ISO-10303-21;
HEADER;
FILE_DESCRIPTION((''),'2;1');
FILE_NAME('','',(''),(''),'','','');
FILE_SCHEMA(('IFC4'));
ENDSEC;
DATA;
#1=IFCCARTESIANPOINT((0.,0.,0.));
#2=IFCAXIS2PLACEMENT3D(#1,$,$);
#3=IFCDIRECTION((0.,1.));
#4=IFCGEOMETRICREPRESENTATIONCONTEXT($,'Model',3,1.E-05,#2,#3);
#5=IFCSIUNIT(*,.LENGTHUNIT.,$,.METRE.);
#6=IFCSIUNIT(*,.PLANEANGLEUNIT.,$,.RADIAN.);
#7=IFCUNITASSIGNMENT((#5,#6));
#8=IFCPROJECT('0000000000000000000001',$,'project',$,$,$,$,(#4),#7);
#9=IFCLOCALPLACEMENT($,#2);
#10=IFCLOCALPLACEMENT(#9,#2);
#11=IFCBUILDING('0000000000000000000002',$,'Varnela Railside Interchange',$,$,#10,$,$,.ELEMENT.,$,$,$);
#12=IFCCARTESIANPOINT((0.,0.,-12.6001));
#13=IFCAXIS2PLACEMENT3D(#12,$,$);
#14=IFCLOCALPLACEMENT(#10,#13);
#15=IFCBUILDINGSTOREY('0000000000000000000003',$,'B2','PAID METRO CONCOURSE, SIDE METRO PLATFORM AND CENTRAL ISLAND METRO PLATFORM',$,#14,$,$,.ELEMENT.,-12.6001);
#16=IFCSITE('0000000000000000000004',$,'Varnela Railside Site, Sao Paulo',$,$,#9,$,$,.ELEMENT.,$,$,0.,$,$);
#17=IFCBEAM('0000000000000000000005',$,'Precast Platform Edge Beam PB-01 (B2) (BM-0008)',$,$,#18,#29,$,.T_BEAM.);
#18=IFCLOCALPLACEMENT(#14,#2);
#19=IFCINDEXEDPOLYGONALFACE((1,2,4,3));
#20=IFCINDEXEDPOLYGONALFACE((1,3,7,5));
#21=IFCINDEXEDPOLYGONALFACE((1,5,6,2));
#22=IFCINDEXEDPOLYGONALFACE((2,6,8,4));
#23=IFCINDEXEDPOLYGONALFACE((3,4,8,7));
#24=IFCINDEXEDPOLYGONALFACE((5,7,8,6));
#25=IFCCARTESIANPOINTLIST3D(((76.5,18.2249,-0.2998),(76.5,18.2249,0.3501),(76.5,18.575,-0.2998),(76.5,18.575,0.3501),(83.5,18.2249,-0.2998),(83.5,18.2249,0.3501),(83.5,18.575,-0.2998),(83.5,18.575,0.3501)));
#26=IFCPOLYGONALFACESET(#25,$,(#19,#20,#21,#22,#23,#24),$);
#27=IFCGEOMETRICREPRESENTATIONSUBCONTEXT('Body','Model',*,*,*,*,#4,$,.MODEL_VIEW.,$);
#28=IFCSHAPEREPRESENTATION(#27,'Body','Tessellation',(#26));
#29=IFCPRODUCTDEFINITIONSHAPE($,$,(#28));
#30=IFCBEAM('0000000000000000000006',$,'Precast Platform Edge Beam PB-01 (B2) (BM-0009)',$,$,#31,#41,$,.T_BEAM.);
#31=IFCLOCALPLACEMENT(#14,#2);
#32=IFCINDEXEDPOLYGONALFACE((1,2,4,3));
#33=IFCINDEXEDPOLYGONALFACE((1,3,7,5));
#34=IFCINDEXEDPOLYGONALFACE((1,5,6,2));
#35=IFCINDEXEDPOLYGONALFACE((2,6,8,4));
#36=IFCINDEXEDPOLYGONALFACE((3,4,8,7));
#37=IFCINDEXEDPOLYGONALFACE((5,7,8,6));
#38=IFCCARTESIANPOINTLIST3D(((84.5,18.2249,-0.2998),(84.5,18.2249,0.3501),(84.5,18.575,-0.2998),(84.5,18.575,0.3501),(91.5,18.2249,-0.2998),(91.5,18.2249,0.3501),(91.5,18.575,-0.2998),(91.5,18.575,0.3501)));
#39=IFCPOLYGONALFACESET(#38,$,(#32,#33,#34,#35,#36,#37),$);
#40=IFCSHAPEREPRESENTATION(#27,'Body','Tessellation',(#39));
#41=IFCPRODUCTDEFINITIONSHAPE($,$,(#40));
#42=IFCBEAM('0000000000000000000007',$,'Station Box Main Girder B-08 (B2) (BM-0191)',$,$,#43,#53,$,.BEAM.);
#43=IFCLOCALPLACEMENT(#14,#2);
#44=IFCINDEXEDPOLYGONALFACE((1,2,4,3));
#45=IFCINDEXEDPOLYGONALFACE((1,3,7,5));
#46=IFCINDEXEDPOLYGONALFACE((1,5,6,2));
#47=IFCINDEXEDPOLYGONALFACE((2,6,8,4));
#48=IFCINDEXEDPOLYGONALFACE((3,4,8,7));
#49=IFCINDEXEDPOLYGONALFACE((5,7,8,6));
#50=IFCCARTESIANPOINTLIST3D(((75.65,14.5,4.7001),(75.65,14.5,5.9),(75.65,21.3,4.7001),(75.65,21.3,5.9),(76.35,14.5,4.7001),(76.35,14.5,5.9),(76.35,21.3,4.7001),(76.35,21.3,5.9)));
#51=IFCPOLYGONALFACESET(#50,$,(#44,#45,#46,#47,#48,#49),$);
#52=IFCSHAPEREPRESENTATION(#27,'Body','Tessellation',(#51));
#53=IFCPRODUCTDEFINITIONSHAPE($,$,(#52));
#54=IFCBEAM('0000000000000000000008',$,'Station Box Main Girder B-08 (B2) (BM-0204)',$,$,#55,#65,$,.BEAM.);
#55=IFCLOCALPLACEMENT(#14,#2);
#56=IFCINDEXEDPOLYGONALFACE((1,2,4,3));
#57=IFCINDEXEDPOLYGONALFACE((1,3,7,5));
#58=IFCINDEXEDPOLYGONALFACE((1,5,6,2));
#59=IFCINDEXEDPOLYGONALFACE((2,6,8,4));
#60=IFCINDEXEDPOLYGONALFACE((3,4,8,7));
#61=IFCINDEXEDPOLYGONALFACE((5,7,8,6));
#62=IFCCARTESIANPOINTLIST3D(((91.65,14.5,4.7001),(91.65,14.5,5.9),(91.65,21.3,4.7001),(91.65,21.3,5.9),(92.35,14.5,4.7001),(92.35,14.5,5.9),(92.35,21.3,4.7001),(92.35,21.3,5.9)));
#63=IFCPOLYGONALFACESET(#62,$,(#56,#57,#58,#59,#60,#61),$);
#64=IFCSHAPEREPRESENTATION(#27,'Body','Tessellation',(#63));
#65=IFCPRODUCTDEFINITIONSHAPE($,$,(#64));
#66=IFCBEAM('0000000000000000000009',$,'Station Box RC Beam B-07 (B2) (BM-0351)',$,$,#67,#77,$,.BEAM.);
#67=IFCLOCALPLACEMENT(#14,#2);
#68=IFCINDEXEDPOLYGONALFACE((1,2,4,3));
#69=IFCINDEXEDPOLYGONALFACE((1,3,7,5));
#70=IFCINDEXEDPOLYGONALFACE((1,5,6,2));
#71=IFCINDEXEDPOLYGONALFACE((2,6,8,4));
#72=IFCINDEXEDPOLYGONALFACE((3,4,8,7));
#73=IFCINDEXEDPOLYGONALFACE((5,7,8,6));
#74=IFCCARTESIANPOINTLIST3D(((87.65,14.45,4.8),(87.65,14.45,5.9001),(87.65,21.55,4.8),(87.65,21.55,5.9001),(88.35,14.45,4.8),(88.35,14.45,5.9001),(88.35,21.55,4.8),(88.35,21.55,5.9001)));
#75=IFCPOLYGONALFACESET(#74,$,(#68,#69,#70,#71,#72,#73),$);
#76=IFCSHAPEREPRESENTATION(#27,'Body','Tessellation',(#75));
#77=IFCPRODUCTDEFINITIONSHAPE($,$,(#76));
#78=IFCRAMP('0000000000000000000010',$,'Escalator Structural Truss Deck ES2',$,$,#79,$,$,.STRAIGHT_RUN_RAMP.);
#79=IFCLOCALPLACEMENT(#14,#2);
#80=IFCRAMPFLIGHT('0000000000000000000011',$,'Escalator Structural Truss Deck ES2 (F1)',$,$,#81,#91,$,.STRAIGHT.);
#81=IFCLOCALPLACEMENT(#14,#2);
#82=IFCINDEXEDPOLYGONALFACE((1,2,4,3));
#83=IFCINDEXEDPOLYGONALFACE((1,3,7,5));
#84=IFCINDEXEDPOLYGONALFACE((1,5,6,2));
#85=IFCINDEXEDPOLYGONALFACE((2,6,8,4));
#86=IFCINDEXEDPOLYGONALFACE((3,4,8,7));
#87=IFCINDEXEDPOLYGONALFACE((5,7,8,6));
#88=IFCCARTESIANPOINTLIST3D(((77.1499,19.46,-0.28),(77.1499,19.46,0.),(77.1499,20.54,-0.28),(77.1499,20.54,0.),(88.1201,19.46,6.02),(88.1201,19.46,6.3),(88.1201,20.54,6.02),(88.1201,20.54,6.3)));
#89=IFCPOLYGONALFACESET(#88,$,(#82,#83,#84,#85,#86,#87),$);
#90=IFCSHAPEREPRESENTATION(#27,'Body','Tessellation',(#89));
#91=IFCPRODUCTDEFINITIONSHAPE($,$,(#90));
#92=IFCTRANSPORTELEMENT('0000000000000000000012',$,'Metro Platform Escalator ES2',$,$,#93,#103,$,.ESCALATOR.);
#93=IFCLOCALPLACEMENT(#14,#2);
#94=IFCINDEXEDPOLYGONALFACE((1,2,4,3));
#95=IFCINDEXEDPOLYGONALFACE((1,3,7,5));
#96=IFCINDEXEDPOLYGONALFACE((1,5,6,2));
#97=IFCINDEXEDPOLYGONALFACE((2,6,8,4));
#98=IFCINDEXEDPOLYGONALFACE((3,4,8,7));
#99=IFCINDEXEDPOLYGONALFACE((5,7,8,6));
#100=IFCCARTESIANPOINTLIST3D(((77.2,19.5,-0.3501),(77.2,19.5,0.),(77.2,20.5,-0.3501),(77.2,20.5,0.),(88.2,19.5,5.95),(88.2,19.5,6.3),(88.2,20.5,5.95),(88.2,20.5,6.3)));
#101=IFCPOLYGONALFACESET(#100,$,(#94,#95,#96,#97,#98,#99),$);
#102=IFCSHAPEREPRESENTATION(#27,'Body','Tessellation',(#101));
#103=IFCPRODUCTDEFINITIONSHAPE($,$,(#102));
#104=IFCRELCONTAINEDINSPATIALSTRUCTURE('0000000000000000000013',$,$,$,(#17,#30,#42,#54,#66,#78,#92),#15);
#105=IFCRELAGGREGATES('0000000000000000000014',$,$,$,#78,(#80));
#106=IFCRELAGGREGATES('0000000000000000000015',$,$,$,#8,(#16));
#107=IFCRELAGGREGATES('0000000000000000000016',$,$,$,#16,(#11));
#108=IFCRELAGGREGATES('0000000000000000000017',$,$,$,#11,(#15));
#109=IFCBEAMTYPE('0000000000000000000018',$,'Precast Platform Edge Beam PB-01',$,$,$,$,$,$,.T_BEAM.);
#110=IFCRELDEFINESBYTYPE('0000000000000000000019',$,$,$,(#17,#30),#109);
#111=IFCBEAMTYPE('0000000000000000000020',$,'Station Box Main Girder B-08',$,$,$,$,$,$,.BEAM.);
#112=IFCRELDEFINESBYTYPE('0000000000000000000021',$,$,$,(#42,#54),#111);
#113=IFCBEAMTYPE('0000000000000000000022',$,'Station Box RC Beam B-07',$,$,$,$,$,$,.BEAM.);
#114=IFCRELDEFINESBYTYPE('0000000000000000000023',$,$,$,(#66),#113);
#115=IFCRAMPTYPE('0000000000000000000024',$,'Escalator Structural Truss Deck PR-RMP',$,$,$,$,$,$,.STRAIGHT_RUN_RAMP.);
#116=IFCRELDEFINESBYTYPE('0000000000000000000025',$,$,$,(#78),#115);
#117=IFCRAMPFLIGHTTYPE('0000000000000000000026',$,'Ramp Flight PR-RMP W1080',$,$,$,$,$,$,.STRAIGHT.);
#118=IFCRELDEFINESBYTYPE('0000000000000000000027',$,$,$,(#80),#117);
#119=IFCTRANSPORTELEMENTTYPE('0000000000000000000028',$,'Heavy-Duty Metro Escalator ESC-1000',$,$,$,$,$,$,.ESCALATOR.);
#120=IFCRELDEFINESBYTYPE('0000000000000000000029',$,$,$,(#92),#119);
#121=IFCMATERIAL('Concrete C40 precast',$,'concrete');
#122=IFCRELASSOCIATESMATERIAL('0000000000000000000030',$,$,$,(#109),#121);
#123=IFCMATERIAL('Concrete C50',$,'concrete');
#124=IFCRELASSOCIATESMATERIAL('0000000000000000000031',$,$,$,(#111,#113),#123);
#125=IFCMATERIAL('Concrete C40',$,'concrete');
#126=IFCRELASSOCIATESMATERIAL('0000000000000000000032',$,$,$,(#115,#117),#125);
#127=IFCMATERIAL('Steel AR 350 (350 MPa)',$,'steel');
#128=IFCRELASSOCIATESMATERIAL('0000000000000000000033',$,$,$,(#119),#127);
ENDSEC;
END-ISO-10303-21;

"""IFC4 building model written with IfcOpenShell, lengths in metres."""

from ifc_helpers import new_model, si_unit, direction, frame, origin, origin_2d, place, context, subcontext, project, spatial, polyline, rectangle, outline, extrude, material, material_profile, profile_set, type_object, element, aggregate, save


model = new_model("IFC4")

# Units and contexts
model_context = context("Model", 3, precision=1e-05, world=origin(), true_north=direction((0.0, 1.0)))
body_context = subcontext(model_context, "Body", "Model", "MODEL_VIEW")
ifc_project = project(units=[si_unit("LENGTHUNIT", "METRE"), si_unit("PLANEANGLEUNIT", "RADIAN")], contexts=[model_context])

# Site, building, storey
site_placement = place(None, origin())
site = spatial("IfcSite", under=ifc_project, at=site_placement, Name="Varnela Railside Site, Sao Paulo", CompositionType="ELEMENT", RefElevation=0.0)
building_placement = place(site_placement, origin())
building = spatial("IfcBuilding", under=site, at=building_placement, Name="Varnela Railside Interchange", CompositionType="ELEMENT")
storey_placement = place(building_placement, frame((0.0, 0.0, -12.6001)))
storey = spatial("IfcBuildingStorey", under=building, at=storey_placement, Name="B2", Description="PAID METRO CONCOURSE, SIDE METRO PLATFORM AND CENTRAL ISLAND METRO PLATFORM", CompositionType="ELEMENT", Elevation=-12.6001)

# Shared definitions
ifc_material_1 = material(Name="Concrete C40", Category="concrete")

# Shared definitions
ifc_material_2 = material(Name="Concrete C50", Category="concrete")

# Beams
ifc_material_3 = material(Name="Concrete C40 precast", Category="concrete")
ifc_material_profile_1 = material_profile(ifc_material_3, rectangle(XDim=0.3501, YDim=0.6499, at=origin_2d()), Name="PC 350x650")
ifc_profile_set_1 = profile_set([ifc_material_profile_1], Name="Concrete C40 precast")
beam_type_1 = type_object("IfcBeamType", Name="Precast Platform Edge Beam PB-01", PredefinedType="T_BEAM", material=ifc_profile_set_1)
for number, where, z_axis, x_axis, name in (
    (1, (76.5, 18.3999, 0.0251), (1.0, 0.0, 0.0), (0.0, 1.0, 0.0), "Precast Platform Edge Beam PB-01 (B2) (BM-0008)"),
    (2, (84.5, 18.3999, 0.0251), (1.0, 0.0, 0.0), (0.0, 1.0, 0.0), "Precast Platform Edge Beam PB-01 (B2) (BM-0009)"),
):
    element("IfcBeam", number, at=place(storey_placement, frame(where, z_axis=z_axis, x_axis=x_axis)), inside=storey, type_object=beam_type_1, Name=name, PredefinedType="T_BEAM", context=body_context, shape_type="SweptSolid", body=[
        extrude(rectangle(XDim=0.3501, YDim=0.6499, at=origin_2d()), origin(), (0.0, 0.0, 1.0), 7.0),
    ])
ifc_material_profile_2 = material_profile(ifc_material_2, rectangle(XDim=0.7, YDim=1.2, at=origin_2d()), Name="RC 700x1200")
ifc_profile_set_2 = profile_set([ifc_material_profile_2], Name="Concrete C50")
beam_type_2 = type_object("IfcBeamType", Name="Station Box Main Girder B-08", PredefinedType="BEAM", material=ifc_profile_set_2)
for number, where, z_axis, x_axis, name in (
    (3, (76.0, 14.5, 5.3), (0.0, 1.0, 0.0), (-1.0, 0.0, 0.0), "Station Box Main Girder B-08 (B2) (BM-0191)"),
    (4, (92.0, 14.5, 5.3), (0.0, 1.0, 0.0), (-1.0, 0.0, 0.0), "Station Box Main Girder B-08 (B2) (BM-0204)"),
):
    element("IfcBeam", number, at=place(storey_placement, frame(where, z_axis=z_axis, x_axis=x_axis)), inside=storey, type_object=beam_type_2, Name=name, PredefinedType="BEAM", context=body_context, shape_type="SweptSolid", body=[
        extrude(rectangle(XDim=0.7, YDim=1.2, at=origin_2d()), origin(), (0.0, 0.0, 1.0), 6.8),
    ])
ifc_material_profile_3 = material_profile(ifc_material_2, rectangle(XDim=0.7, YDim=1.1001, at=origin_2d()), Name="RC 700x1100")
ifc_profile_set_3 = profile_set([ifc_material_profile_3], Name="Concrete C50")
beam_type_3 = type_object("IfcBeamType", Name="Station Box RC Beam B-07", PredefinedType="BEAM", material=ifc_profile_set_3)
beam_placement = place(storey_placement, frame((88.0, 14.45, 5.3501), z_axis=(0.0, 1.0, 0.0), x_axis=(-1.0, 0.0, 0.0)))
element("IfcBeam", 5, at=beam_placement, inside=storey, type_object=beam_type_3, Name="Station Box RC Beam B-07 (B2) (BM-0351)", PredefinedType="BEAM", context=body_context, shape_type="SweptSolid", body=[
    extrude(rectangle(XDim=0.7, YDim=1.1001, at=origin_2d()), origin(), (0.0, 0.0, 1.0), 7.1001),
])

# Ramp, ramp flight
ramp_type = type_object("IfcRampType", Name="Escalator Structural Truss Deck PR-RMP", PredefinedType="STRAIGHT_RUN_RAMP", material=ifc_material_1)
ramp_placement = place(storey_placement, origin())
ramp = element("IfcRamp", 6, at=ramp_placement, inside=storey, type_object=ramp_type, Name="Escalator Structural Truss Deck ES2", PredefinedType="STRAIGHT_RUN_RAMP")
ramp_flight_type = type_object("IfcRampFlightType", Name="Ramp Flight PR-RMP W1080", PredefinedType="STRAIGHT", material=ifc_material_1)
ramp_flight_placement = place(storey_placement, frame((77.1499, 20.0, 0.0), z_axis=(0.0, 0.0, 1.0), x_axis=(1.0, 0.0, 0.0)))
ramp_flight = element("IfcRampFlight", 7, at=ramp_flight_placement, type_object=ramp_flight_type, Name="Escalator Structural Truss Deck ES2 (F1)", PredefinedType="STRAIGHT", context=body_context, shape_type="SweptSolid", body=[
    extrude(outline(polyline([(0.0, -0.28), (10.9702, 6.02), (10.9702, 6.3), (0.0, 0.0), (0.0, -0.28)])), frame((0.0, 0.54, 0.0), z_axis=(0.0, -1.0, 0.0), x_axis=(1.0, 0.0, 0.0)), (0.0, 0.0, 1.0), 1.0801),
])
aggregate(ramp, [ramp_flight])

# Transport element
ifc_material_4 = material(Name="Steel AR 350 (350 MPa)", Category="steel")
transport_element_type = type_object("IfcTransportElementType", Name="Heavy-Duty Metro Escalator ESC-1000", PredefinedType="ESCALATOR", material=ifc_material_4)
transport_element_placement = place(storey_placement, frame((77.2, 20.0, 0.0), z_axis=(0.0, 0.0, 1.0), x_axis=(1.0, 0.0, 0.0)))
element("IfcTransportElement", 8, at=transport_element_placement, inside=storey, type_object=transport_element_type, Name="Metro Platform Escalator ES2", PredefinedType="ESCALATOR", context=body_context, shape_type="SweptSolid", body=[
    extrude(outline(polyline([(0.0, -0.3501), (11.0, 5.95), (11.0, 6.3), (0.0, 0.0), (0.0, -0.3501)])), frame((0.0, 0.5, 0.0), z_axis=(0.0, -1.0, 0.0), x_axis=(1.0, 0.0, 0.0)), (0.0, 0.0, 1.0), 1.0),
])

save(model, "model.ifc")
